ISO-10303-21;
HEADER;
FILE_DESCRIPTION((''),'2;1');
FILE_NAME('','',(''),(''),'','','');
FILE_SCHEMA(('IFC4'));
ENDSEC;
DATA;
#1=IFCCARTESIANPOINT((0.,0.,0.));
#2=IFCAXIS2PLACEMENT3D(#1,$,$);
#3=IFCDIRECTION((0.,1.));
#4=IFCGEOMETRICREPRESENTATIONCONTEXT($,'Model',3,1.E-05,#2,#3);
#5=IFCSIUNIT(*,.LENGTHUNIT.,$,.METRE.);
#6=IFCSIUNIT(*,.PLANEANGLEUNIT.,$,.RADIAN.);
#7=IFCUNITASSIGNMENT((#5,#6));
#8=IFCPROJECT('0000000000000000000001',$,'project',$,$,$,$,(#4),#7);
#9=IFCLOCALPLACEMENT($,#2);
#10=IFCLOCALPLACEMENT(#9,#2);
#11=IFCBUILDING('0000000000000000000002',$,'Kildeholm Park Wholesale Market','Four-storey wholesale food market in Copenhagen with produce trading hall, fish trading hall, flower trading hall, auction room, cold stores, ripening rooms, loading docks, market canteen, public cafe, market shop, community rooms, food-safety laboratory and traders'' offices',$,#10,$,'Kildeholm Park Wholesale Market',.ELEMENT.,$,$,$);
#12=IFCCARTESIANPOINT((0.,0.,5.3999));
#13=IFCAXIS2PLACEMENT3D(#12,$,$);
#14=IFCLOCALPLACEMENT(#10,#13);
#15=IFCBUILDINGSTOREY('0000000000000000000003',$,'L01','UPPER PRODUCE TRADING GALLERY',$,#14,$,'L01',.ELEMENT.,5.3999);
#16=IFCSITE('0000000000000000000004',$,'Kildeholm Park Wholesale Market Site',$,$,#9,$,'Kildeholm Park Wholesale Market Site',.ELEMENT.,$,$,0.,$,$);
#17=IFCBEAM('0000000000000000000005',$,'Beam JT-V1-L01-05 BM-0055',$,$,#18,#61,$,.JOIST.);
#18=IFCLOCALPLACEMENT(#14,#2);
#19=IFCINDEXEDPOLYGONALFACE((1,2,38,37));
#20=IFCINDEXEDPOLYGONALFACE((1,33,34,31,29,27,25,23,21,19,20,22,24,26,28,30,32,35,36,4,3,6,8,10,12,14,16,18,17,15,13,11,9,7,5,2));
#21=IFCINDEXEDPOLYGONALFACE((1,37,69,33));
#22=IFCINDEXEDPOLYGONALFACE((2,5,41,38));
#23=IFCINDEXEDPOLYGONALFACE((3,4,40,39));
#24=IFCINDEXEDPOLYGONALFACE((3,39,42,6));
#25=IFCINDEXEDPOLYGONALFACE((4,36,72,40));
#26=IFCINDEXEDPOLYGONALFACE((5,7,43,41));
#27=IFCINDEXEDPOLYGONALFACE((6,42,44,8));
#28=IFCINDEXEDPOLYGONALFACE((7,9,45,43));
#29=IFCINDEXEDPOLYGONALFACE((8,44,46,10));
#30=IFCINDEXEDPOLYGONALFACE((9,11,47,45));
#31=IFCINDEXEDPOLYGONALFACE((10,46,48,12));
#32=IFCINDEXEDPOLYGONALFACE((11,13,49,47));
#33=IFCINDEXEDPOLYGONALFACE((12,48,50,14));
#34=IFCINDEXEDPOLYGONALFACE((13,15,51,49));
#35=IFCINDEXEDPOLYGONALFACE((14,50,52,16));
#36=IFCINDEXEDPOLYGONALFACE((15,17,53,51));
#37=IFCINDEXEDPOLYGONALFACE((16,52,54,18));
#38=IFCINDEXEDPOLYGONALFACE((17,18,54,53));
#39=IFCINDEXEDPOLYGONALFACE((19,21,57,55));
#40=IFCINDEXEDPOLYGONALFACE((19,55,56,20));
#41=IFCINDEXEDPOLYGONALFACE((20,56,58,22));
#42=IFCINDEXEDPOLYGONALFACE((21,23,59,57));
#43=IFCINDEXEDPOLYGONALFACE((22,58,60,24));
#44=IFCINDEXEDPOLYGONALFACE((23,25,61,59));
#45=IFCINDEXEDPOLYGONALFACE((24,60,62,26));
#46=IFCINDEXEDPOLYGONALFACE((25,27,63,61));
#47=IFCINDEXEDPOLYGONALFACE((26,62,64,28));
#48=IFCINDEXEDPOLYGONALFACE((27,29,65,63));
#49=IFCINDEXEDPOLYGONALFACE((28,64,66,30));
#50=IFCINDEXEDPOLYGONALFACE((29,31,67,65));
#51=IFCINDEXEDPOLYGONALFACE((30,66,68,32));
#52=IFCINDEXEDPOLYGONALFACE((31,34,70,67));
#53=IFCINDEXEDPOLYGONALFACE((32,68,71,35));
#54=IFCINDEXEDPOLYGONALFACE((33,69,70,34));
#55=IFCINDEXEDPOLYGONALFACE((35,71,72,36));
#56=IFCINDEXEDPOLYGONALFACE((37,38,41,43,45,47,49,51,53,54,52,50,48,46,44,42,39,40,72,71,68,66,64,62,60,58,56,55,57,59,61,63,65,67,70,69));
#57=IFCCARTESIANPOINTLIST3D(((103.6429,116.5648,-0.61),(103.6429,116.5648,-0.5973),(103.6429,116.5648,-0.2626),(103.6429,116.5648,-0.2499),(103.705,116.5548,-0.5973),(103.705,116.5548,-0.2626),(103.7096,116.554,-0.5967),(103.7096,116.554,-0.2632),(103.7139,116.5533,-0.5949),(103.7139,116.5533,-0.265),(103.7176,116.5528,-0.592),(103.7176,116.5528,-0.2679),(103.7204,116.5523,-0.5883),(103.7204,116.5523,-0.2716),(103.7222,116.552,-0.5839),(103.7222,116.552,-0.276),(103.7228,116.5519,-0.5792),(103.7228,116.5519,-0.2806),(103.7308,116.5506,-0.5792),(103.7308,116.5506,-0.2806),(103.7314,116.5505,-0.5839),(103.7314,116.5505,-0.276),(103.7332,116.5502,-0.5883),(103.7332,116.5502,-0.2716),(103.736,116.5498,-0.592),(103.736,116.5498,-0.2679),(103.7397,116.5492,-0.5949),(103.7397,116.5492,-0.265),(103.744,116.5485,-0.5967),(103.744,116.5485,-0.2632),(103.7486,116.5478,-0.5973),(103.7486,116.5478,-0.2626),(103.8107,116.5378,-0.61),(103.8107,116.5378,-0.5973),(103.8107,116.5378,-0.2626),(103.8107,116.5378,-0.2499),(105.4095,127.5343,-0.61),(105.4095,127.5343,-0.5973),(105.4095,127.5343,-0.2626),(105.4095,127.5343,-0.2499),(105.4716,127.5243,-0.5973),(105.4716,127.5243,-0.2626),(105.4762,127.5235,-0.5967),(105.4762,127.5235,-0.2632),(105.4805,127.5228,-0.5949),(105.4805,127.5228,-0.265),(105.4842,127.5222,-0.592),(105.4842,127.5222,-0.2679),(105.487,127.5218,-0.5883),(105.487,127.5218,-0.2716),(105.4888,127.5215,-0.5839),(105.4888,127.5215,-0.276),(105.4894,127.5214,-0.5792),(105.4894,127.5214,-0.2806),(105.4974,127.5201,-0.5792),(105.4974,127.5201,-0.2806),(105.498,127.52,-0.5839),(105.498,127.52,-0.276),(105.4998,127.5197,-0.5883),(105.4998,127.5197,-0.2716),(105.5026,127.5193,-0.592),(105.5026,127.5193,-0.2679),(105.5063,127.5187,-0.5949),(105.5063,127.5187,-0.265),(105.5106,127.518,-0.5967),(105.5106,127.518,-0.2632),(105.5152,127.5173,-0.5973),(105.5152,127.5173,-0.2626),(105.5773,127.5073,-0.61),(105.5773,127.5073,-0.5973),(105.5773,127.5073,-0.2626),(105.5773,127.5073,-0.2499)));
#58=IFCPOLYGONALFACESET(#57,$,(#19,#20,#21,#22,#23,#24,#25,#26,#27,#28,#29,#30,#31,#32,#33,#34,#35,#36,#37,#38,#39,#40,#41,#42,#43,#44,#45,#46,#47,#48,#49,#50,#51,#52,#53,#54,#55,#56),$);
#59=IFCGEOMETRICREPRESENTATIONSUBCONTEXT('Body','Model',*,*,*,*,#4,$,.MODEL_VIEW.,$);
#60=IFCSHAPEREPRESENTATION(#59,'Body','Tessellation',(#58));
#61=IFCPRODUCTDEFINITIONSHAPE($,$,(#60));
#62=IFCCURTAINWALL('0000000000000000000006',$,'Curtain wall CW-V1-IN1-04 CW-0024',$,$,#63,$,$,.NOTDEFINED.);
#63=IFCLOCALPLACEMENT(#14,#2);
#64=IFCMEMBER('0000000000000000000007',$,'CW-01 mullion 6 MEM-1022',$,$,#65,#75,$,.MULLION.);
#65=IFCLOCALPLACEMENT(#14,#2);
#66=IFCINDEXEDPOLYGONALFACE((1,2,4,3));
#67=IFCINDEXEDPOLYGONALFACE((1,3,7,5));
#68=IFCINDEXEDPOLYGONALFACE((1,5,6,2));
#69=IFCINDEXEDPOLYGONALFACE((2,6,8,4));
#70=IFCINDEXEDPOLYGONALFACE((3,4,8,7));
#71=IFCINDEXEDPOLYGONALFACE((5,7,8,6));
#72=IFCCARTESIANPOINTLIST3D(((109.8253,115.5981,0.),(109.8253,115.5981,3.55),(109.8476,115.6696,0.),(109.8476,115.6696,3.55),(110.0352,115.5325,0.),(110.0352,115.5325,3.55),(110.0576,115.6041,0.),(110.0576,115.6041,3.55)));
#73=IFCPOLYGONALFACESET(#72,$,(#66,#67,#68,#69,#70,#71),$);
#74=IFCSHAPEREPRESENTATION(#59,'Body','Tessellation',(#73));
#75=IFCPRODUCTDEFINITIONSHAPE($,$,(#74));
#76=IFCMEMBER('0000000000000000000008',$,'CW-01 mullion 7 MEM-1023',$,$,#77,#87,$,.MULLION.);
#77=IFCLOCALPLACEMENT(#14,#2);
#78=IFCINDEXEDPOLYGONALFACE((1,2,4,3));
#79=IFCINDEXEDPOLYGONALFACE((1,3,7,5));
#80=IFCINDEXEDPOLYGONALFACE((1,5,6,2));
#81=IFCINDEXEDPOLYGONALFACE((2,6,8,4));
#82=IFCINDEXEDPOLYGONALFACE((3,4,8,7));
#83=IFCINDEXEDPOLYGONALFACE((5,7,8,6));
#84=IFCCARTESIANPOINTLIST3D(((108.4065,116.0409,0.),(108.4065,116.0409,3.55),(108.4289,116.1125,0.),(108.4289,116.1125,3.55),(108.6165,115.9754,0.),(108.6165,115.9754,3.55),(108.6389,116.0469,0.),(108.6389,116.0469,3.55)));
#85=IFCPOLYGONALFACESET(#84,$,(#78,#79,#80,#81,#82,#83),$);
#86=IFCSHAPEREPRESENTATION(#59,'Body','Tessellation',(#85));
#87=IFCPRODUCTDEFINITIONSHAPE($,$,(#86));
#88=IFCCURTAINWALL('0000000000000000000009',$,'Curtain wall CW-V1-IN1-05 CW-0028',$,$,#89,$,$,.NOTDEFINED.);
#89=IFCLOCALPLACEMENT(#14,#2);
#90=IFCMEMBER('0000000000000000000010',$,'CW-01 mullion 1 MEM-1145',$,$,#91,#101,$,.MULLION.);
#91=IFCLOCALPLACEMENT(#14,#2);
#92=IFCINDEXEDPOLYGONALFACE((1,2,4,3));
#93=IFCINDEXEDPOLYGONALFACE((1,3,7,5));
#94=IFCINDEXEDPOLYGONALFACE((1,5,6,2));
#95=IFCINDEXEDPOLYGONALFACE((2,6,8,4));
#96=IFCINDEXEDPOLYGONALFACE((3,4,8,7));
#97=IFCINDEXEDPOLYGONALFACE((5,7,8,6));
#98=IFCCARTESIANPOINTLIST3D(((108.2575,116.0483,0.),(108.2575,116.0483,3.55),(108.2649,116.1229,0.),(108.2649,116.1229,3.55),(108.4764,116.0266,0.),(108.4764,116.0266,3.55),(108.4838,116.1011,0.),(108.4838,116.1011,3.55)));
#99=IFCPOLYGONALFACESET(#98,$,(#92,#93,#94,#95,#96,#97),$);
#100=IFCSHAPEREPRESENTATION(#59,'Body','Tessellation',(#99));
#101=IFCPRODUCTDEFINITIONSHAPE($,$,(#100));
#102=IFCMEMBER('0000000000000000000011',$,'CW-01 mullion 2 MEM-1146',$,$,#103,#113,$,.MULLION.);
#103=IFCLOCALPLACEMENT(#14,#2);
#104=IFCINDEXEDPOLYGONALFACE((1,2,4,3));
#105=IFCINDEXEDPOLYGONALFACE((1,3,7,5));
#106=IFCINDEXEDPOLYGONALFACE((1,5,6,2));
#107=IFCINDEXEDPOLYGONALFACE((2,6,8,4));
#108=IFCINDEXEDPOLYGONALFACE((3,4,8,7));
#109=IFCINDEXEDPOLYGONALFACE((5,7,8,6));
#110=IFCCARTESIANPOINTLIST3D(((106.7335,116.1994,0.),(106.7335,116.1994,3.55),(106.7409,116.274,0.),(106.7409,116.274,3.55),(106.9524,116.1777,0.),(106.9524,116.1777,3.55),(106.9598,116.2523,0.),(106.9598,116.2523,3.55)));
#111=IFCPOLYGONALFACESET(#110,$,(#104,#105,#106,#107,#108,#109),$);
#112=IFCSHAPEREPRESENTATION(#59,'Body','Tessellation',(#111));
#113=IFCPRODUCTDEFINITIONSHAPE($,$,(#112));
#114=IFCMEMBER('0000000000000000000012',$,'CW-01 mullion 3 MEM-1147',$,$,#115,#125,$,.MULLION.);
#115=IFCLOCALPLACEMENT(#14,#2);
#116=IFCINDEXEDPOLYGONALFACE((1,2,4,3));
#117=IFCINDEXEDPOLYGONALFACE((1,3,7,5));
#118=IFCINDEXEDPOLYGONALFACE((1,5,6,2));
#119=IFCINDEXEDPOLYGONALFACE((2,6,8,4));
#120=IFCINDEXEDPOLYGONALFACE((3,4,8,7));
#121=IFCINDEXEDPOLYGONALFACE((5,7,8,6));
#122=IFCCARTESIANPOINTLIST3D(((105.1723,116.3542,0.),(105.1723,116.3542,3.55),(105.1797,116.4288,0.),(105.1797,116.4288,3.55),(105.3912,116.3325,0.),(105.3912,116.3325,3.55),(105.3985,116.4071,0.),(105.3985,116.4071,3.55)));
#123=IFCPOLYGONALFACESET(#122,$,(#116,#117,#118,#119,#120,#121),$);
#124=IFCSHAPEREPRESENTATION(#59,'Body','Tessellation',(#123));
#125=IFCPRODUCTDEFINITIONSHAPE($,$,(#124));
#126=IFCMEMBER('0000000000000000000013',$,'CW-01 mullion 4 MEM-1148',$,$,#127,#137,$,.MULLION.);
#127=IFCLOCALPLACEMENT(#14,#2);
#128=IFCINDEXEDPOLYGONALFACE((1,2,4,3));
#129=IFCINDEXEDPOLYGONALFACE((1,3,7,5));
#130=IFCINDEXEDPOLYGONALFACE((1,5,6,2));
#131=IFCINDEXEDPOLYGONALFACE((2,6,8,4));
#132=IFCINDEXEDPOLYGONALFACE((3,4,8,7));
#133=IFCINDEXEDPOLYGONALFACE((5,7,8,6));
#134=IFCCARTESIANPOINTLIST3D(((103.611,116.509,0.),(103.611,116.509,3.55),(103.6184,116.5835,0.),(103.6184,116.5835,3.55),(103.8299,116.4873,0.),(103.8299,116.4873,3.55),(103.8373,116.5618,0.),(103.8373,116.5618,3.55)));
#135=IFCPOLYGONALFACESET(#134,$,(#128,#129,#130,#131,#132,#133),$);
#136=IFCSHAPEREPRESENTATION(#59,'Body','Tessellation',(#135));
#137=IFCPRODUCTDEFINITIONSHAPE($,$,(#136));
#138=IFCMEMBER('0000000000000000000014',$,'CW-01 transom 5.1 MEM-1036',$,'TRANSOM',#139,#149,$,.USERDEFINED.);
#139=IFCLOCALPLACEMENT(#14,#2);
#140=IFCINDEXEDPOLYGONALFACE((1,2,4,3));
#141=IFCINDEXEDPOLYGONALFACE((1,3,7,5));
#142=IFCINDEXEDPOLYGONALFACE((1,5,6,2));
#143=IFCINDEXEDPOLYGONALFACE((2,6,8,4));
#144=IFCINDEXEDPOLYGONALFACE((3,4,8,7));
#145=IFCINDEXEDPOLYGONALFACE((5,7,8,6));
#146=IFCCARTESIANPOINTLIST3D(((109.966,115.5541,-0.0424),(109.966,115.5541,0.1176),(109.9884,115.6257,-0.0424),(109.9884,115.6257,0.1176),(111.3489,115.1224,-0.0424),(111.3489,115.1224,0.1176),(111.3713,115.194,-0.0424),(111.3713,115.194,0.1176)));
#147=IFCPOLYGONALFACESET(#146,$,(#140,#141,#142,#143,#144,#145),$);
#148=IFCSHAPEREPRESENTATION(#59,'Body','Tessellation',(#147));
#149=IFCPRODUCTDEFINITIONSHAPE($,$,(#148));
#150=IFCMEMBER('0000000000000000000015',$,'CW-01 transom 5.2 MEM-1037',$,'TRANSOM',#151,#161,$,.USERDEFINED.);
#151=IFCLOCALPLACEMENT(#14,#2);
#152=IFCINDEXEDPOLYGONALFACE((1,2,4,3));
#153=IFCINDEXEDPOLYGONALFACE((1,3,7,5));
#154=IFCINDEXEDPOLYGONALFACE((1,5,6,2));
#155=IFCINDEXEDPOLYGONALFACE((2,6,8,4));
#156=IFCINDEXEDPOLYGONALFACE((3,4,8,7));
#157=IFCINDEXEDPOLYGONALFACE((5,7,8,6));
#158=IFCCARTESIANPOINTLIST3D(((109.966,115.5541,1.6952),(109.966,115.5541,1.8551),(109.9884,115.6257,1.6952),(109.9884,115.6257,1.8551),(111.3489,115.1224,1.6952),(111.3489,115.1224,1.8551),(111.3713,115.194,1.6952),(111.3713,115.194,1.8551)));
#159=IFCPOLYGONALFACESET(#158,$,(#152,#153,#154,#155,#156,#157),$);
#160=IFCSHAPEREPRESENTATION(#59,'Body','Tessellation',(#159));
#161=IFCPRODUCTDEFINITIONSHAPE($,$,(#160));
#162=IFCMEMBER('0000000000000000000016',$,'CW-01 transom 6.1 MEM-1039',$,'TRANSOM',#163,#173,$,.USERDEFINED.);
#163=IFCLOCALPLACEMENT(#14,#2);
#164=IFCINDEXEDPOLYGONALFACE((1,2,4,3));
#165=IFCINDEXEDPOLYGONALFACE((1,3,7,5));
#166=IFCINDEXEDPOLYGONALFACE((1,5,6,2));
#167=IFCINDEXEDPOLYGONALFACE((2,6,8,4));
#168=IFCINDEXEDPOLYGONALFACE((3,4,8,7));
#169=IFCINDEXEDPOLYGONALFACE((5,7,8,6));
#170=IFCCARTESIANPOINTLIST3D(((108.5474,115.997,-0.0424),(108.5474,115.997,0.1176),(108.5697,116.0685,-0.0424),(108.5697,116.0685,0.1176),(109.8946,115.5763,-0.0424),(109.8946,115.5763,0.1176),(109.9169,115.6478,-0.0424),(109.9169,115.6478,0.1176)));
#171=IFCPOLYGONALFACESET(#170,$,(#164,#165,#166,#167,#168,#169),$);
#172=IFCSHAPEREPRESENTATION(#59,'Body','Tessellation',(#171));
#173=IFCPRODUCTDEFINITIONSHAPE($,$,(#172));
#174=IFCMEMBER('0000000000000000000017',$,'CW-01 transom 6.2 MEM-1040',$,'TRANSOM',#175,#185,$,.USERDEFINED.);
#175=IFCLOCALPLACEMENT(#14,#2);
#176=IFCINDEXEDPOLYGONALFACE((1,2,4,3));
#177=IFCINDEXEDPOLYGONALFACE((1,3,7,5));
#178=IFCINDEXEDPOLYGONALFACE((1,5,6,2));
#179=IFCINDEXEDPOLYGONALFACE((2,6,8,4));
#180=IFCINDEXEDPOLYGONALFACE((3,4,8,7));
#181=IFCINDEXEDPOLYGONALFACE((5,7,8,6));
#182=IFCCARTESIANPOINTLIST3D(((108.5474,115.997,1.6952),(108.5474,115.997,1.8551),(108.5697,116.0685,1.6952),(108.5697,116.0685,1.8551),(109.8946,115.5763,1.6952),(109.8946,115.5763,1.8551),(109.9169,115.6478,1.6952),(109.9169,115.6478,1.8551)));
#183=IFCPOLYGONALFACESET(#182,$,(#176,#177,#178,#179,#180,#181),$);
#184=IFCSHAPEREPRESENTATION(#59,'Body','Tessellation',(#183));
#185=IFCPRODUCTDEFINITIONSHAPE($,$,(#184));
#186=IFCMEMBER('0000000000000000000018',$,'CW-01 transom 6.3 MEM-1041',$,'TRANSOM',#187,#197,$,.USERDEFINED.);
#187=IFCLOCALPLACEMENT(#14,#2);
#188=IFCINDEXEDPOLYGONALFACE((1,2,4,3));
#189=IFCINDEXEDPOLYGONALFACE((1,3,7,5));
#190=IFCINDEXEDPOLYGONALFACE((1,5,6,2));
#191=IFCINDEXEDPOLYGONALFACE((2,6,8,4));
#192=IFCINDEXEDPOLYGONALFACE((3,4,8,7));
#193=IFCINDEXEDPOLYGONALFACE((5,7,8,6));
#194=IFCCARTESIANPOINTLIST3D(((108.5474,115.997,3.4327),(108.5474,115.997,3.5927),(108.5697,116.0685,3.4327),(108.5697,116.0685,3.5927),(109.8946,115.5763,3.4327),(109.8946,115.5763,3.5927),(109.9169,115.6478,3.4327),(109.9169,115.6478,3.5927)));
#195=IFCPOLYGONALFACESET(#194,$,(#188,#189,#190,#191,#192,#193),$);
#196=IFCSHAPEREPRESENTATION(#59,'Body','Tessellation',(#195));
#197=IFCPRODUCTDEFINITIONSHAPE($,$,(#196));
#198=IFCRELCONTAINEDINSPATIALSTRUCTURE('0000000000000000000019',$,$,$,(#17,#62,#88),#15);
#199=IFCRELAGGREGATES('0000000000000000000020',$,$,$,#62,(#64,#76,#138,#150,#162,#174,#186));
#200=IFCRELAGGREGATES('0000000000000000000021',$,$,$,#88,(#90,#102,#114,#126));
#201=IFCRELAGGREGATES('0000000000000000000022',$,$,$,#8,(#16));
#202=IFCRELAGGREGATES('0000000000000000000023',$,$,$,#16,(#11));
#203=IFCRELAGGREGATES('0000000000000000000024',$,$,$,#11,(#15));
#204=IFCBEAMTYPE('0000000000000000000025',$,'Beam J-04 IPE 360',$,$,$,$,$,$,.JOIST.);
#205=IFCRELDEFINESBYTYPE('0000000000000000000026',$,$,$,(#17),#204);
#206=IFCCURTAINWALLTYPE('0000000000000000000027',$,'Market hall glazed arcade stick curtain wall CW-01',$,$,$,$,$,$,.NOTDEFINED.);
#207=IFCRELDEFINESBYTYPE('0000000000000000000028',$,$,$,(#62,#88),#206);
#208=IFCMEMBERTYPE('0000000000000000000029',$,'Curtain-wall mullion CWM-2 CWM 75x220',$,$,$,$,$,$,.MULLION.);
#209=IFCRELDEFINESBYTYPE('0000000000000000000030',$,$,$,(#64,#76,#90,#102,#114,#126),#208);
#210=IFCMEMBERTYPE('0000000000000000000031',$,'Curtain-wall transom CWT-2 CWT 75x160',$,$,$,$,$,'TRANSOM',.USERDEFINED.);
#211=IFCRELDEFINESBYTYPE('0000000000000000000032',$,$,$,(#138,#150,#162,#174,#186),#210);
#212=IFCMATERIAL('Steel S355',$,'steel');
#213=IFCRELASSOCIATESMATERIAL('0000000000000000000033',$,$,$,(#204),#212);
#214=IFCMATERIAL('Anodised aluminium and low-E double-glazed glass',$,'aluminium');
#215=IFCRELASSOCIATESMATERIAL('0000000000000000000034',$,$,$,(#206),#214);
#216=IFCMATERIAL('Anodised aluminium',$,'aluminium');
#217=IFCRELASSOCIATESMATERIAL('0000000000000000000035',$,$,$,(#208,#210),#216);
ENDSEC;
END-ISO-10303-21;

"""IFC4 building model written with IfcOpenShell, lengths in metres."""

from ifc_helpers import new_model, si_unit, direction, frame, origin, origin_2d, place, context, subcontext, project, spatial, rectangle, i_section, extrude, material, material_profile, profile_set, type_object, element, aggregate, save


model = new_model("IFC4")

# Units and contexts
model_context = context("Model", 3, precision=1e-05, world=origin(), true_north=direction((0.0, 1.0)))
body_context = subcontext(model_context, "Body", "Model", "MODEL_VIEW")
ifc_project = project(units=[si_unit("LENGTHUNIT", "METRE"), si_unit("PLANEANGLEUNIT", "RADIAN")], contexts=[model_context])

# Site, building, storey
site_placement = place(None, origin())
site = spatial("IfcSite", under=ifc_project, at=site_placement, Name="Kildeholm Park Wholesale Market Site", LongName="Kildeholm Park Wholesale Market Site", CompositionType="ELEMENT", RefElevation=0.0)
building_placement = place(site_placement, origin())
building = spatial("IfcBuilding", under=site, at=building_placement, Name="Kildeholm Park Wholesale Market", Description="Four-storey wholesale food market in Copenhagen with produce trading hall, fish trading hall, flower trading hall, auction room, cold stores, ripening rooms, loading docks, market canteen, public cafe, market shop, community rooms, food-safety laboratory and traders' offices", LongName="Kildeholm Park Wholesale Market", CompositionType="ELEMENT")
storey_placement = place(building_placement, frame((0.0, 0.0, 5.3999)))
storey = spatial("IfcBuildingStorey", under=building, at=storey_placement, Name="L01", Description="UPPER PRODUCE TRADING GALLERY", LongName="L01", CompositionType="ELEMENT", Elevation=5.3999)

# Shared definitions
ifc_material_1 = material(Name="Steel S355", Category="steel")

# Beam
ifc_material_profile_1 = material_profile(ifc_material_1, i_section(OverallWidth=0.1699, OverallDepth=0.3601, WebThickness=0.0081, FlangeThickness=0.0127, FilletRadius=0.0181, at=origin_2d()), Name="IPE 360")
ifc_profile_set_1 = profile_set([ifc_material_profile_1], Name="Steel S355")
beam_type_1 = type_object("IfcBeamType", Name="Beam J-04 IPE 360", PredefinedType="JOIST", material=ifc_profile_set_1)
beam_1_placement = place(storey_placement, frame((103.7268, 116.5513, -0.4299), z_axis=(0.158998, 0.987279, 0.0), x_axis=(-0.987279, 0.158998, 0.0)))
element("IfcBeam", 1, at=beam_1_placement, inside=storey, type_object=beam_type_1, Name="Beam JT-V1-L01-05 BM-0055", PredefinedType="JOIST", context=body_context, shape_type="SweptSolid", body=[
    extrude(i_section(OverallWidth=0.1699, OverallDepth=0.3601, WebThickness=0.0081, FlangeThickness=0.0127, FilletRadius=0.0181, at=origin_2d()), origin(), (0.0, 0.0, 1.0), 11.1108),
])

# Curtain walls, members
ifc_material_2 = material(Name="Anodised aluminium and low-E double-glazed glass", Category="aluminium")
curtain_wall_type = type_object("IfcCurtainWallType", Name="Market hall glazed arcade stick curtain wall CW-01", PredefinedType="NOTDEFINED", material=ifc_material_2)
curtain_wall_1_placement = place(storey_placement, origin())
curtain_wall_1 = element("IfcCurtainWall", 2, at=curtain_wall_1_placement, inside=storey, type_object=curtain_wall_type, Name="Curtain wall CW-V1-IN1-04 CW-0024", PredefinedType="NOTDEFINED")
ifc_material_3 = material(Name="Anodised aluminium", Category="aluminium")
ifc_material_profile_2 = material_profile(ifc_material_3, rectangle(XDim=0.075, YDim=0.22, at=origin_2d()), Name="CWM 75x220")
ifc_profile_set_2 = profile_set([ifc_material_profile_2], Name="Anodised aluminium")
member_type_1 = type_object("IfcMemberType", Name="Curtain-wall mullion CWM-2 CWM 75x220", PredefinedType="MULLION", material=ifc_profile_set_2)
member_1_placement = place(storey_placement, frame((109.9414, 115.6011, 0.0), z_axis=(0.0, 0.0, 1.0), x_axis=(-0.297957, -0.954579, 0.0)))
member_1 = element("IfcMember", 3, at=member_1_placement, type_object=member_type_1, Name="CW-01 mullion 6 MEM-1022", PredefinedType="MULLION", context=body_context, shape_type="SweptSolid", body=[
    extrude(rectangle(XDim=0.075, YDim=0.22, at=origin_2d()), origin(), (0.0, 0.0, 1.0), 3.55),
])
member_2_placement = place(storey_placement, frame((108.5227, 116.0439, 0.0), z_axis=(0.0, 0.0, 1.0), x_axis=(-0.297957, -0.954579, 0.0)))
member_2 = element("IfcMember", 4, at=member_2_placement, type_object=member_type_1, Name="CW-01 mullion 7 MEM-1023", PredefinedType="MULLION", context=body_context, shape_type="SweptSolid", body=[
    extrude(rectangle(XDim=0.075, YDim=0.22, at=origin_2d()), origin(), (0.0, 0.0, 1.0), 3.55),
])
curtain_wall_2_placement = place(storey_placement, origin())
curtain_wall_2 = element("IfcCurtainWall", 5, at=curtain_wall_2_placement, inside=storey, type_object=curtain_wall_type, Name="Curtain wall CW-V1-IN1-05 CW-0028", PredefinedType="NOTDEFINED")
member_3_placement = place(storey_placement, frame((108.3706, 116.0747, 0.0), z_axis=(0.0, 0.0, 1.0), x_axis=(-0.098683, -0.995119, 0.0)))
member_3 = element("IfcMember", 6, at=member_3_placement, type_object=member_type_1, Name="CW-01 mullion 1 MEM-1145", PredefinedType="MULLION", context=body_context, shape_type="SweptSolid", body=[
    extrude(rectangle(XDim=0.075, YDim=0.22, at=origin_2d()), origin(), (0.0, 0.0, 1.0), 3.55),
])
member_4_placement = place(storey_placement, frame((106.8467, 116.2258, 0.0), z_axis=(0.0, 0.0, 1.0), x_axis=(-0.098683, -0.995119, 0.0)))
member_4 = element("IfcMember", 7, at=member_4_placement, type_object=member_type_1, Name="CW-01 mullion 2 MEM-1146", PredefinedType="MULLION", context=body_context, shape_type="SweptSolid", body=[
    extrude(rectangle(XDim=0.075, YDim=0.22, at=origin_2d()), origin(), (0.0, 0.0, 1.0), 3.55),
])
member_5_placement = place(storey_placement, frame((105.2854, 116.3806, 0.0), z_axis=(0.0, 0.0, 1.0), x_axis=(-0.098683, -0.995119, 0.0)))
member_5 = element("IfcMember", 8, at=member_5_placement, type_object=member_type_1, Name="CW-01 mullion 3 MEM-1147", PredefinedType="MULLION", context=body_context, shape_type="SweptSolid", body=[
    extrude(rectangle(XDim=0.075, YDim=0.22, at=origin_2d()), origin(), (0.0, 0.0, 1.0), 3.55),
])
member_6_placement = place(storey_placement, frame((103.7241, 116.5354, 0.0), z_axis=(0.0, 0.0, 1.0), x_axis=(-0.098683, -0.995119, 0.0)))
member_6 = element("IfcMember", 9, at=member_6_placement, type_object=member_type_1, Name="CW-01 mullion 4 MEM-1148", PredefinedType="MULLION", context=body_context, shape_type="SweptSolid", body=[
    extrude(rectangle(XDim=0.075, YDim=0.22, at=origin_2d()), origin(), (0.0, 0.0, 1.0), 3.55),
])

# Members
ifc_material_profile_3 = material_profile(ifc_material_3, rectangle(XDim=0.075, YDim=0.1599, at=origin_2d()), Name="CWT 75x160")
ifc_profile_set_3 = profile_set([ifc_material_profile_3], Name="Anodised aluminium")
member_type_2 = type_object("IfcMemberType", Name="Curtain-wall transom CWT-2 CWT 75x160", ElementType="TRANSOM", PredefinedType="USERDEFINED", material=ifc_profile_set_3)
member_7_placement = place(storey_placement, frame((111.3601, 115.1582, 0.0376), z_axis=(-0.954576, 0.297968, 0.0), x_axis=(-0.297968, -0.954576, 0.0)))
member_7 = element("IfcMember", 10, at=member_7_placement, type_object=member_type_2, Name="CW-01 transom 5.1 MEM-1036", ObjectType="TRANSOM", PredefinedType="USERDEFINED", context=body_context, shape_type="SweptSolid", body=[
    extrude(rectangle(XDim=0.075, YDim=0.1599, at=origin_2d()), origin(), (0.0, 0.0, 1.0), 1.4487),
])
member_8_placement = place(storey_placement, frame((111.3601, 115.1582, 1.7751), z_axis=(-0.954576, 0.297968, 0.0), x_axis=(-0.297968, -0.954576, 0.0)))
member_8 = element("IfcMember", 11, at=member_8_placement, type_object=member_type_2, Name="CW-01 transom 5.2 MEM-1037", ObjectType="TRANSOM", PredefinedType="USERDEFINED", context=body_context, shape_type="SweptSolid", body=[
    extrude(rectangle(XDim=0.075, YDim=0.1599, at=origin_2d()), origin(), (0.0, 0.0, 1.0), 1.4487),
])
member_9_placement = place(storey_placement, frame((109.9058, 115.6121, 0.0376), z_axis=(-0.954548, 0.298058, 0.0), x_axis=(-0.298058, -0.954548, 0.0)))
member_9 = element("IfcMember", 12, at=member_9_placement, type_object=member_type_2, Name="CW-01 transom 6.1 MEM-1039", ObjectType="TRANSOM", PredefinedType="USERDEFINED", context=body_context, shape_type="SweptSolid", body=[
    extrude(rectangle(XDim=0.075, YDim=0.1599, at=origin_2d()), origin(), (0.0, 0.0, 1.0), 1.4114),
])
member_10_placement = place(storey_placement, frame((109.9058, 115.6121, 1.7751), z_axis=(-0.954548, 0.298058, 0.0), x_axis=(-0.298058, -0.954548, 0.0)))
member_10 = element("IfcMember", 13, at=member_10_placement, type_object=member_type_2, Name="CW-01 transom 6.2 MEM-1040", ObjectType="TRANSOM", PredefinedType="USERDEFINED", context=body_context, shape_type="SweptSolid", body=[
    extrude(rectangle(XDim=0.075, YDim=0.1599, at=origin_2d()), origin(), (0.0, 0.0, 1.0), 1.4114),
])
member_11_placement = place(storey_placement, frame((109.9058, 115.6121, 3.5127), z_axis=(-0.954548, 0.298058, 0.0), x_axis=(-0.298058, -0.954548, 0.0)))
member_11 = element("IfcMember", 14, at=member_11_placement, type_object=member_type_2, Name="CW-01 transom 6.3 MEM-1041", ObjectType="TRANSOM", PredefinedType="USERDEFINED", context=body_context, shape_type="SweptSolid", body=[
    extrude(rectangle(XDim=0.075, YDim=0.1599, at=origin_2d()), origin(), (0.0, 0.0, 1.0), 1.4114),
])

aggregate(curtain_wall_1, [member_1, member_2, member_7, member_8, member_9, member_10, member_11])
aggregate(curtain_wall_2, [member_3, member_4, member_5, member_6])

save(model, "model.ifc")
